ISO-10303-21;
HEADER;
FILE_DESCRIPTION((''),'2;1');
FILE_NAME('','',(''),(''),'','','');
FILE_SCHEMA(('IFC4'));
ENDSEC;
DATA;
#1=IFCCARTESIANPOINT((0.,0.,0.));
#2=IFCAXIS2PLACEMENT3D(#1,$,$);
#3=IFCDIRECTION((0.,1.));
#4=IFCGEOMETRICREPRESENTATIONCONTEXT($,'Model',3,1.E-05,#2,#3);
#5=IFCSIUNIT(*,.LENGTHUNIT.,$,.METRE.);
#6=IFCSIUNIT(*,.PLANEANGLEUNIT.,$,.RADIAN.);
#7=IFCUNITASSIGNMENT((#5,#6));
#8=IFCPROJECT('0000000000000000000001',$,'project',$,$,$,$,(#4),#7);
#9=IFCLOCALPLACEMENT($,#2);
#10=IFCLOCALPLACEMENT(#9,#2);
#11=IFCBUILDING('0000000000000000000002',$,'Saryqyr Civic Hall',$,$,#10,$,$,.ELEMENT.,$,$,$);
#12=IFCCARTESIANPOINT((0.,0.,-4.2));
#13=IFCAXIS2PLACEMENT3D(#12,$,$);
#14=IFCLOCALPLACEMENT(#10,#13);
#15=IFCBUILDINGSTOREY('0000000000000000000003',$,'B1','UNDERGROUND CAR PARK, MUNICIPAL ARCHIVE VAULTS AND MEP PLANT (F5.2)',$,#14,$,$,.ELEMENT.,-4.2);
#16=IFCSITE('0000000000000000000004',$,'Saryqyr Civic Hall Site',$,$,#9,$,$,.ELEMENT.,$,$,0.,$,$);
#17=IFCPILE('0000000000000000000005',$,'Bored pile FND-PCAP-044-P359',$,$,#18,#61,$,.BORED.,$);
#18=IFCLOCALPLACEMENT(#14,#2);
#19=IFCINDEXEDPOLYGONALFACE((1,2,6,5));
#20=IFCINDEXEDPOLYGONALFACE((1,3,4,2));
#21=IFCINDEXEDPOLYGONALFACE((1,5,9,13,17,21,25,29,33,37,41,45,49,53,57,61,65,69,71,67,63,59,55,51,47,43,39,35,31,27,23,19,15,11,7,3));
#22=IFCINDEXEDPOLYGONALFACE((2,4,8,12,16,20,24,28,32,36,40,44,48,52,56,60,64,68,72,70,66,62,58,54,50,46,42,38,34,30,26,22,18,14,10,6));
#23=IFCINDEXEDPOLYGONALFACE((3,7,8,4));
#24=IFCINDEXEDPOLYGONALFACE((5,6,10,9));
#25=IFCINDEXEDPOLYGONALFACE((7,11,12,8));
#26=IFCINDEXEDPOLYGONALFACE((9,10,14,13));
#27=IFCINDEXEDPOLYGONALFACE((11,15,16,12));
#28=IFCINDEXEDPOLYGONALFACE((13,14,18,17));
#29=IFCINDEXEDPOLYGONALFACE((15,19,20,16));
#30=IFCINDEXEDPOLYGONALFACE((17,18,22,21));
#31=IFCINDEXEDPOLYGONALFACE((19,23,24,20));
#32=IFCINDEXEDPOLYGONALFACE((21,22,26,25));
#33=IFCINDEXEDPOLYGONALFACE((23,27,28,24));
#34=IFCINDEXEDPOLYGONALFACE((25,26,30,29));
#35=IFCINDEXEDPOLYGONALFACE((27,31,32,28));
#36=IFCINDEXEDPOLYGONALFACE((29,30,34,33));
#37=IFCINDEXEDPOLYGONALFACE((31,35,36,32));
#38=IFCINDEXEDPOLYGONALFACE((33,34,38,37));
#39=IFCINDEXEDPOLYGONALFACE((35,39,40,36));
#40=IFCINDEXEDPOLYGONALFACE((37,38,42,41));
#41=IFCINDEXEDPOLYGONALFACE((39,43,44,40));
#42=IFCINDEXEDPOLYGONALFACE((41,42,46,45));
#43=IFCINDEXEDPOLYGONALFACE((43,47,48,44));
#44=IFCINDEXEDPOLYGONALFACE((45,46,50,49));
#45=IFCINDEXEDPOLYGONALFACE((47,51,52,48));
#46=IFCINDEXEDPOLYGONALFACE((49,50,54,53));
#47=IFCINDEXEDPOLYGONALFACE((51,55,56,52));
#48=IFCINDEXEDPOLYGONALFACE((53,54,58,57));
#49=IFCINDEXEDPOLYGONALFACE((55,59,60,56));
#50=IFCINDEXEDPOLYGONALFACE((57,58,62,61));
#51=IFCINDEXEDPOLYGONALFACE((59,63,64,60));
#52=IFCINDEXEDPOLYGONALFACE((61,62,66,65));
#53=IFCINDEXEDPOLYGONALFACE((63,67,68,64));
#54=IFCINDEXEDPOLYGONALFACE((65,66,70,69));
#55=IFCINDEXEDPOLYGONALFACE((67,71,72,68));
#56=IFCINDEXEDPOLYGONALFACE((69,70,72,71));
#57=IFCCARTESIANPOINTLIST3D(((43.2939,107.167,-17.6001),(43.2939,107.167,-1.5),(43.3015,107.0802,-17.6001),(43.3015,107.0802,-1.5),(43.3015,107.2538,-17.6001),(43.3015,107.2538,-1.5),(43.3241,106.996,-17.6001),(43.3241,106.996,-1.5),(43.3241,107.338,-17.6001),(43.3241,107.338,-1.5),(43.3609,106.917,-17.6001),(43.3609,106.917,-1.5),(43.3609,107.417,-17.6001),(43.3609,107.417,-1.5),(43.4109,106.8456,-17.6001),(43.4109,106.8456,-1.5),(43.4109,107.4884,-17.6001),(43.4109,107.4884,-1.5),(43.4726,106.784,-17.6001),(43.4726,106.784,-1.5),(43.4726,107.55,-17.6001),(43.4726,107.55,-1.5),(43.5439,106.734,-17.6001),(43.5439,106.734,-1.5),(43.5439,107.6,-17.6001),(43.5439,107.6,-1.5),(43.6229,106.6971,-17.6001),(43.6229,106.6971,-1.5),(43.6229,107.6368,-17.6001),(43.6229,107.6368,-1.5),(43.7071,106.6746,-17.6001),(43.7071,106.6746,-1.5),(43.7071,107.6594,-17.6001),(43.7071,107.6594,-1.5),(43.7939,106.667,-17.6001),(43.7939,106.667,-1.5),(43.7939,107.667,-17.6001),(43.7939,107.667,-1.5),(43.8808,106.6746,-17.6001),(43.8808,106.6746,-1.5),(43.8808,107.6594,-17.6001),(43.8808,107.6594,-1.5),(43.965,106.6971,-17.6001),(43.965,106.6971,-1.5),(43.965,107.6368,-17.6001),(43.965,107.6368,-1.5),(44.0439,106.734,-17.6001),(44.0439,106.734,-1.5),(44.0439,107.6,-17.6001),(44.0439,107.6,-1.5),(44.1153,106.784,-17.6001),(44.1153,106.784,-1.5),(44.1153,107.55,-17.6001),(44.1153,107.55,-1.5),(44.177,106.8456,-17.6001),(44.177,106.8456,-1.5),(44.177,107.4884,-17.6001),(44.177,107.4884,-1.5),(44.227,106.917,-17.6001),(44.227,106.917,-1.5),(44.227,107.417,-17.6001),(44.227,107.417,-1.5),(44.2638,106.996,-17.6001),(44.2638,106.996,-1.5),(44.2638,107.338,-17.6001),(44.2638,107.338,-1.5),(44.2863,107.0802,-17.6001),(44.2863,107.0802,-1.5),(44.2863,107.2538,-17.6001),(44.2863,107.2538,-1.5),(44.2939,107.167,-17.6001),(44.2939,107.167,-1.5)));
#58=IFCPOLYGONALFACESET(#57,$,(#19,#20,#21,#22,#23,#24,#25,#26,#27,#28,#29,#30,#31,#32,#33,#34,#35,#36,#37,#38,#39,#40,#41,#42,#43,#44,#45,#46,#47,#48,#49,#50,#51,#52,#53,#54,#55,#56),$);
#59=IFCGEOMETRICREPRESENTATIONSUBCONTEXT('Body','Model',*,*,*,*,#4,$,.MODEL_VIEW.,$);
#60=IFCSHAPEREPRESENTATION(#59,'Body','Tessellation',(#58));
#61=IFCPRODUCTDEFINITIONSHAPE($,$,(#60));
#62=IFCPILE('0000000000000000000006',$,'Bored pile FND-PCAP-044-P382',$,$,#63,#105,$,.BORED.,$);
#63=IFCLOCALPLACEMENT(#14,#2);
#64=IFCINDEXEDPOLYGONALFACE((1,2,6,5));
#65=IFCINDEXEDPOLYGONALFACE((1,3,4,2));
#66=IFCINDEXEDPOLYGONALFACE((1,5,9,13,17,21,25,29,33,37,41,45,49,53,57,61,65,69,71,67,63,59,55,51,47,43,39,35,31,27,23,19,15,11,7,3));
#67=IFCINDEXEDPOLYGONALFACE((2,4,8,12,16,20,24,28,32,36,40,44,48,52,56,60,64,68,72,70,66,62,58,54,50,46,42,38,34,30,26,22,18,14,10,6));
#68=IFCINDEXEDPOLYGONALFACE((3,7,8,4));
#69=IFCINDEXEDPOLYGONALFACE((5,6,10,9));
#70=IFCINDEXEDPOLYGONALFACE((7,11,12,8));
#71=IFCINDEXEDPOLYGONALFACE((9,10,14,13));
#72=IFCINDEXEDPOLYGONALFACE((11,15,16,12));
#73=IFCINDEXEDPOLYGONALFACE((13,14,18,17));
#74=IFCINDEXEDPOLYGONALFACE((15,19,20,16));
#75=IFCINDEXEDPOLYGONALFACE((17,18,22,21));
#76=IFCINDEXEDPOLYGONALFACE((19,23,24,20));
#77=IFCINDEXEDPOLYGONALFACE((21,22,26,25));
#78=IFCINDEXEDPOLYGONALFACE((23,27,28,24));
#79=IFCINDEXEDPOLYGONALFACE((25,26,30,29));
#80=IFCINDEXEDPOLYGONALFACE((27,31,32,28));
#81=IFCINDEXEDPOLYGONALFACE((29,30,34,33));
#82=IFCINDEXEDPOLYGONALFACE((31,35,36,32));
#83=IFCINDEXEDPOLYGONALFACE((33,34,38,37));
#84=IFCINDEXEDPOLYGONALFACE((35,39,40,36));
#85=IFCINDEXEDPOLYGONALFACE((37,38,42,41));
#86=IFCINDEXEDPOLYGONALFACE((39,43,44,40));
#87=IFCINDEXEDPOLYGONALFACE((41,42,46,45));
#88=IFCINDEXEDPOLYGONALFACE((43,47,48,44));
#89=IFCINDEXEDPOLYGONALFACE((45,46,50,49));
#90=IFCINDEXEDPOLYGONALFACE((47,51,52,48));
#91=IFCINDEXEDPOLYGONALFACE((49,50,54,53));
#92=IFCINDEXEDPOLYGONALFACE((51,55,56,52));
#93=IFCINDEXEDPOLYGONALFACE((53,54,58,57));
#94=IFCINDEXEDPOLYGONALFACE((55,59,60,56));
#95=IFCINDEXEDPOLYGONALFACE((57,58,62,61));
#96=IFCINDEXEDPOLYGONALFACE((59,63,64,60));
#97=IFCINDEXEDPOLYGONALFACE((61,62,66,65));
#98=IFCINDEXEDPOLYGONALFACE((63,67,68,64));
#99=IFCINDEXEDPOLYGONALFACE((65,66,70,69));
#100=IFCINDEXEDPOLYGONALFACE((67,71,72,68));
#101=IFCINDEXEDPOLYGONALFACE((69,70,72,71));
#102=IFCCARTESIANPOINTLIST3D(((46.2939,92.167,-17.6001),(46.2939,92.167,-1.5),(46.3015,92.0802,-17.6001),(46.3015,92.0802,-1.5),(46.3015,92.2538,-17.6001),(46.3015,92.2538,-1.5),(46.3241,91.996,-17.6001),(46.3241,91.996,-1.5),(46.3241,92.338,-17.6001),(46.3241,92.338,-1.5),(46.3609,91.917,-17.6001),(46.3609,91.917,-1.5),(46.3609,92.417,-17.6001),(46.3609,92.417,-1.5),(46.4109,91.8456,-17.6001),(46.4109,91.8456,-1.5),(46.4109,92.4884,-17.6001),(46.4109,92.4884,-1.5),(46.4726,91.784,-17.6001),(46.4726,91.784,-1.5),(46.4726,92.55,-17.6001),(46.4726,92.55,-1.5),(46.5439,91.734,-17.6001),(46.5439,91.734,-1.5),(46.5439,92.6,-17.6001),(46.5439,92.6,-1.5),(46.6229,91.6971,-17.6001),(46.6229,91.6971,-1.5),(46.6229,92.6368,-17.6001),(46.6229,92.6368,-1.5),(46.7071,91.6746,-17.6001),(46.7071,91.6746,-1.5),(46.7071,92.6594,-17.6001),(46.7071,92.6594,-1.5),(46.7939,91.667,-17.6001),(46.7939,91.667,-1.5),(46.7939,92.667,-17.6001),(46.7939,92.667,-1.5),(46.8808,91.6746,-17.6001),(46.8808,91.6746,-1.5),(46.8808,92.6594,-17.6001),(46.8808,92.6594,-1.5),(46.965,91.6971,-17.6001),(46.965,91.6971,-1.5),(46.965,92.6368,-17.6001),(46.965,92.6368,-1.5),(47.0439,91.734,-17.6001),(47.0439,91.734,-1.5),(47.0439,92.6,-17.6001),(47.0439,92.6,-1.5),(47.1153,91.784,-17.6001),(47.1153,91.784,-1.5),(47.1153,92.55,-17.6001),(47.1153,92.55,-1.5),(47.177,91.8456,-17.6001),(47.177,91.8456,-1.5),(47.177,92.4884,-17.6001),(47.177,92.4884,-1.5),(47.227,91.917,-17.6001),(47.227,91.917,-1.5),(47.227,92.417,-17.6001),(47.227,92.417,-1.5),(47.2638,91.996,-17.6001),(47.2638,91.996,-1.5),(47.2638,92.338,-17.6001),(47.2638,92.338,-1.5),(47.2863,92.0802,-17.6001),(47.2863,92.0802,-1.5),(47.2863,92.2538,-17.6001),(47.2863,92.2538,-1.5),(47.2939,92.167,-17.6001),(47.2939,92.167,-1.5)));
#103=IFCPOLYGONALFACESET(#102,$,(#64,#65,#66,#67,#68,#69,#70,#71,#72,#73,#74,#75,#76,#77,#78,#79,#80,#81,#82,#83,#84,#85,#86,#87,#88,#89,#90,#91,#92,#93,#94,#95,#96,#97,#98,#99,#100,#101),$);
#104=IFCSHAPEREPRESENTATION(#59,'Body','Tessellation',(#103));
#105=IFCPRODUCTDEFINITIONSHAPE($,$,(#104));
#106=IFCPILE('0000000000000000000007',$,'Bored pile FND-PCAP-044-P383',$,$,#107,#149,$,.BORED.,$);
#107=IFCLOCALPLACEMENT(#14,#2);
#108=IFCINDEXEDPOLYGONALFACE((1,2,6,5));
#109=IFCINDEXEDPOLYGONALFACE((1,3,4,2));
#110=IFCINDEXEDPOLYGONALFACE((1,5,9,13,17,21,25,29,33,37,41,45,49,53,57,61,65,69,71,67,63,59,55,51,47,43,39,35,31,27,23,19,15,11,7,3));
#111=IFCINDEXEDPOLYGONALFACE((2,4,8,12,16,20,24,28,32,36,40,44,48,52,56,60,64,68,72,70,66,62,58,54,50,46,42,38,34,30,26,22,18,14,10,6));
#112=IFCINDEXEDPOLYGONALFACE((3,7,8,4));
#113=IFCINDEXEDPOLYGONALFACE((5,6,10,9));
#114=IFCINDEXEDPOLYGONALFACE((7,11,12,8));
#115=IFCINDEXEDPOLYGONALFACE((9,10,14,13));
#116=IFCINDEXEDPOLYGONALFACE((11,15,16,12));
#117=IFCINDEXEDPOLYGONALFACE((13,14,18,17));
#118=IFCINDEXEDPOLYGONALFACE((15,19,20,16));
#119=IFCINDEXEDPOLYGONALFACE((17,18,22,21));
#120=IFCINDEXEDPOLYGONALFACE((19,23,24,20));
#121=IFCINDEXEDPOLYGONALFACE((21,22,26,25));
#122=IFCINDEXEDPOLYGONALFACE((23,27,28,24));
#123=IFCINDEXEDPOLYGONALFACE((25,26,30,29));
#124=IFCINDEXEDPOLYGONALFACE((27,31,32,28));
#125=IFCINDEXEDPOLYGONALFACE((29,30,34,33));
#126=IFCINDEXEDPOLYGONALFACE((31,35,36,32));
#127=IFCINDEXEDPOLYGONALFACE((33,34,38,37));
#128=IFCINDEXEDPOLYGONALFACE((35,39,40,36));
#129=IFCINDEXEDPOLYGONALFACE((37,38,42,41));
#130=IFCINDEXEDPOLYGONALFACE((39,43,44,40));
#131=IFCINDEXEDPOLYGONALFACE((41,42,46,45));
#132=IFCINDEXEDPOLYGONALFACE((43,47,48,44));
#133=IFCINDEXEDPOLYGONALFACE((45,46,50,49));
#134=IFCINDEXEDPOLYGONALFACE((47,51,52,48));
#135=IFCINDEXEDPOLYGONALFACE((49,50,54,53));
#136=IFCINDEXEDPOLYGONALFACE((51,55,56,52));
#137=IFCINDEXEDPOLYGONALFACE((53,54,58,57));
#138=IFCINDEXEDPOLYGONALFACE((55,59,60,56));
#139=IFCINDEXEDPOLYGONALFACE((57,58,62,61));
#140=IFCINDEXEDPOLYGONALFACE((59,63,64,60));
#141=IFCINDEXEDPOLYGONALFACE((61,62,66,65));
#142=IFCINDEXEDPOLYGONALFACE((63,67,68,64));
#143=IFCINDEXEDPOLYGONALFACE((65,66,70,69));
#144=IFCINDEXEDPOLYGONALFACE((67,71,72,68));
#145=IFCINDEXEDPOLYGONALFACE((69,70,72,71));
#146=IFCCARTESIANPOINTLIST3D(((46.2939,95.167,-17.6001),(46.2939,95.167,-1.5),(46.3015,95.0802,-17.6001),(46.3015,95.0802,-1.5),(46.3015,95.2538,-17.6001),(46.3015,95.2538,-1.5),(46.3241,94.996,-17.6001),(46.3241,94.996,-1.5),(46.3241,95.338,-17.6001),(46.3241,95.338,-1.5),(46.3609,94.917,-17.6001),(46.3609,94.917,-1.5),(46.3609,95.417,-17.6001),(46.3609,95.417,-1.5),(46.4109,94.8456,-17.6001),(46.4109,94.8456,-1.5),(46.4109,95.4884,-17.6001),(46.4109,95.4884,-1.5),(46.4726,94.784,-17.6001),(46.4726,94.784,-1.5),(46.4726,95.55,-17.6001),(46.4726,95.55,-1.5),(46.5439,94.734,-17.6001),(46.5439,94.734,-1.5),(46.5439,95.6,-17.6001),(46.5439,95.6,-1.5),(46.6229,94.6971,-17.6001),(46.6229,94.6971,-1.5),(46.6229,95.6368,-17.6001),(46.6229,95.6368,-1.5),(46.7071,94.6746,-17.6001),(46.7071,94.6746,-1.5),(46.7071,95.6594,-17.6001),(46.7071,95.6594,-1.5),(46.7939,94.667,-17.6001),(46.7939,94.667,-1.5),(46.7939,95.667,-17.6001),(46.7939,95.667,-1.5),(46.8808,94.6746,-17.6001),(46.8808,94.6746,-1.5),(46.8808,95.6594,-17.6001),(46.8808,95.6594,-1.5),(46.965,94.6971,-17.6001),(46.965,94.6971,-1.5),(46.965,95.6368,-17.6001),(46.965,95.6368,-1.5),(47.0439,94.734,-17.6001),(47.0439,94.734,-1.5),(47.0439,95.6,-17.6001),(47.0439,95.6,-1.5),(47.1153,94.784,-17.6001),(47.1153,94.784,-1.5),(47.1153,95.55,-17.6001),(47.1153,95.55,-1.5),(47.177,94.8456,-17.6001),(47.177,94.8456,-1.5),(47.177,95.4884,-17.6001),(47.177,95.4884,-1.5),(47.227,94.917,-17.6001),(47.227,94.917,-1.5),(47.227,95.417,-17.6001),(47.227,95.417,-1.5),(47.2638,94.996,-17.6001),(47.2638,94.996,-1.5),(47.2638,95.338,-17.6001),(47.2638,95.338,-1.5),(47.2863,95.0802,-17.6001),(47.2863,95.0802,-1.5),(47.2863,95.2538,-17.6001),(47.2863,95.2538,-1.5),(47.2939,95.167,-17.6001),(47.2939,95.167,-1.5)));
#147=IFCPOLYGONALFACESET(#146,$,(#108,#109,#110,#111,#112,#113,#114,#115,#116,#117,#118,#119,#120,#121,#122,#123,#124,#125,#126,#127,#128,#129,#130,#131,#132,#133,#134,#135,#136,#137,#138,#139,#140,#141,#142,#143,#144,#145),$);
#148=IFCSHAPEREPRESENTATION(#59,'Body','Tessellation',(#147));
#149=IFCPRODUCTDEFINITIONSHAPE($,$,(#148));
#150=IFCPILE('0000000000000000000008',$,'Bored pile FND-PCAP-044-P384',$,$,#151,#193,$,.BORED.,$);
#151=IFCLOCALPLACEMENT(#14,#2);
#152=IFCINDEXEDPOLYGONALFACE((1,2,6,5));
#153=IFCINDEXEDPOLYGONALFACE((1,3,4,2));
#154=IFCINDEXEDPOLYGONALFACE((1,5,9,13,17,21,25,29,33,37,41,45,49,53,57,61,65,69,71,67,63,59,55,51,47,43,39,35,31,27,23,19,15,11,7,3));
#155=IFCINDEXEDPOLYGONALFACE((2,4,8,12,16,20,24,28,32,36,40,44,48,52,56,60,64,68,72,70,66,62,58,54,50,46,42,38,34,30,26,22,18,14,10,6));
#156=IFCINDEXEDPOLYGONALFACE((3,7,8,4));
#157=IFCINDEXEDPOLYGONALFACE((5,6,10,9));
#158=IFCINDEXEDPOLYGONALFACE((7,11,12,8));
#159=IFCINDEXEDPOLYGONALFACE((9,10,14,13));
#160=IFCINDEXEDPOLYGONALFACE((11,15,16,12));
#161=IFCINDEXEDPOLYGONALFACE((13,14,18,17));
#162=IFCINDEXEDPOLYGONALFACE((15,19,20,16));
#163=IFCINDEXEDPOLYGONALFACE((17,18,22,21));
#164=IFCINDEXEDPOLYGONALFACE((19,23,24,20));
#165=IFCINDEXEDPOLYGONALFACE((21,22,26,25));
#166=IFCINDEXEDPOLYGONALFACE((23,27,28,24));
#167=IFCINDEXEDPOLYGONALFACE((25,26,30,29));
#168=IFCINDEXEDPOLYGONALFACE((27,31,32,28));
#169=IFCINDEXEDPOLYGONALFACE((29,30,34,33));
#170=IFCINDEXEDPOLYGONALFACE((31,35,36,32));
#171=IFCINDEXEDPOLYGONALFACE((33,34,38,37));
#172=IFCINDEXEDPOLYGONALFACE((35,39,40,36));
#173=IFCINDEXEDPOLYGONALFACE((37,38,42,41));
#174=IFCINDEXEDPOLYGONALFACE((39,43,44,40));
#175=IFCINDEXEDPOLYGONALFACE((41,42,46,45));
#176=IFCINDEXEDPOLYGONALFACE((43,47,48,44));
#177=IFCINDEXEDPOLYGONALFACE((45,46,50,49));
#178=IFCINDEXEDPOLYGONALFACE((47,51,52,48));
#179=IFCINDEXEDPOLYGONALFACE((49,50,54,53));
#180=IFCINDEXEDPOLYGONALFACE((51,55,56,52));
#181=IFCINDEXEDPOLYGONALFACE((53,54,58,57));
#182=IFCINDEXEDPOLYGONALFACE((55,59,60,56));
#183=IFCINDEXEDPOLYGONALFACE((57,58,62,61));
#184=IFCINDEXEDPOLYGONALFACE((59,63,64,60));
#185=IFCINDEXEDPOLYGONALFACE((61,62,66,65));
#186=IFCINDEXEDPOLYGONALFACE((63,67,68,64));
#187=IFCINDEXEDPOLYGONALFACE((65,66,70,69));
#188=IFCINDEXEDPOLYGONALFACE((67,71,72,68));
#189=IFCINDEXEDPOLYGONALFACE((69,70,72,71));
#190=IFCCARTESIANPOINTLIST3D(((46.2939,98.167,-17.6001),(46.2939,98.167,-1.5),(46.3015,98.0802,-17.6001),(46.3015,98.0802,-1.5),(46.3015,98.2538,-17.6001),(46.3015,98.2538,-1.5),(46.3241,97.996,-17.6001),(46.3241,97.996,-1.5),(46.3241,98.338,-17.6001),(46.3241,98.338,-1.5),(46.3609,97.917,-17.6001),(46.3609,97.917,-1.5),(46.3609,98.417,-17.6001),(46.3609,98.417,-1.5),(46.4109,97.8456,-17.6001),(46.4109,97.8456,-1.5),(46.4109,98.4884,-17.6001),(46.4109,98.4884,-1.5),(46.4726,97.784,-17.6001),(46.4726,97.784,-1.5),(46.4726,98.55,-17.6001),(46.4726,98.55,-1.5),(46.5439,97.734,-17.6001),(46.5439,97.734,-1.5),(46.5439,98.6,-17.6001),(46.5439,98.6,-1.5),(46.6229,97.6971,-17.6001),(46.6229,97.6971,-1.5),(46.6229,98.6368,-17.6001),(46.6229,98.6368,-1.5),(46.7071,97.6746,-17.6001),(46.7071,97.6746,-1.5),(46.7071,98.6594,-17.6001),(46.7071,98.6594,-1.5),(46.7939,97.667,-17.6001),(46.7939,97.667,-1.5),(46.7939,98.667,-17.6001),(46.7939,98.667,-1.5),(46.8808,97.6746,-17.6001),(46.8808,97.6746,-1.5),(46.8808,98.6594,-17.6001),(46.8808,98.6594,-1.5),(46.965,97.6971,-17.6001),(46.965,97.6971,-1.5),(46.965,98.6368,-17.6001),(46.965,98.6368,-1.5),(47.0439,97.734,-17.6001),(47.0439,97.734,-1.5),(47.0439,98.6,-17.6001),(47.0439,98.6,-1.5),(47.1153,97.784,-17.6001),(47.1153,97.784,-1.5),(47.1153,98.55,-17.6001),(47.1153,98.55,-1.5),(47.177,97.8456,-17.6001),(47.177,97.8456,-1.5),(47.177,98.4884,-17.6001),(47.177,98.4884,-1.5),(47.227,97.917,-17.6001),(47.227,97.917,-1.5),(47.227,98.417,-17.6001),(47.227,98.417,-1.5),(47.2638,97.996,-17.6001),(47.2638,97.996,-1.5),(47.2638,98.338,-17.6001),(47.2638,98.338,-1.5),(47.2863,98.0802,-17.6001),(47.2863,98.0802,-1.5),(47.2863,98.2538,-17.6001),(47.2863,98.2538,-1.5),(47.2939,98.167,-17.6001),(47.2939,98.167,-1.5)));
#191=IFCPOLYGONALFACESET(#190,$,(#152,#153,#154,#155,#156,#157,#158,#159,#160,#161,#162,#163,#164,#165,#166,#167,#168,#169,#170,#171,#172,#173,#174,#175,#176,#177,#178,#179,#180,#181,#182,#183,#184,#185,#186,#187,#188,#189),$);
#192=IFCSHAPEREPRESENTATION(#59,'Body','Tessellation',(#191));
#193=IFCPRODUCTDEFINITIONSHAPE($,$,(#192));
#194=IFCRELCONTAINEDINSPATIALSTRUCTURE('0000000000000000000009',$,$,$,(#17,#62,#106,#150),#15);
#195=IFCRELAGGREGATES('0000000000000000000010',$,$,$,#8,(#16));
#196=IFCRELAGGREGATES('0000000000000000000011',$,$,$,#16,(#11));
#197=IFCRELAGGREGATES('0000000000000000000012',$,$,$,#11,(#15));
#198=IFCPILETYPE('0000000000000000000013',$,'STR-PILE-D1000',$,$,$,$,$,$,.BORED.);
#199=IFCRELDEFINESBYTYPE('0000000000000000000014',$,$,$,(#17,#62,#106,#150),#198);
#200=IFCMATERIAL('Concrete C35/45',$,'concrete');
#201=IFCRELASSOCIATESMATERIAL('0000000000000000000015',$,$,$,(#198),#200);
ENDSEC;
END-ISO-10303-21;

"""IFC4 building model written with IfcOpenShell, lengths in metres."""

from ifc_helpers import new_model, si_unit, direction, frame, origin, origin_2d, place, context, subcontext, project, spatial, circle, extrude, material, material_profile, profile_set, type_object, element, save


model = new_model("IFC4")

# Units and contexts
model_context = context("Model", 3, precision=1e-05, world=origin(), true_north=direction((0.0, 1.0)))
body_context = subcontext(model_context, "Body", "Model", "MODEL_VIEW")
ifc_project = project(units=[si_unit("LENGTHUNIT", "METRE"), si_unit("PLANEANGLEUNIT", "RADIAN")], contexts=[model_context])

# Site, building, storey
site_placement = place(None, origin())
site = spatial("IfcSite", under=ifc_project, at=site_placement, Name="Saryqyr Civic Hall Site", CompositionType="ELEMENT", RefElevation=0.0)
building_placement = place(site_placement, origin())
building = spatial("IfcBuilding", under=site, at=building_placement, Name="Saryqyr Civic Hall", CompositionType="ELEMENT")
storey_placement = place(building_placement, frame((0.0, 0.0, -4.2)))
storey = spatial("IfcBuildingStorey", under=building, at=storey_placement, Name="B1", Description="UNDERGROUND CAR PARK, MUNICIPAL ARCHIVE VAULTS AND MEP PLANT (F5.2)", CompositionType="ELEMENT", Elevation=-4.2)

# Piles
ifc_material_1 = material(Name="Concrete C35/45", Category="concrete")
ifc_material_profile_1 = material_profile(ifc_material_1, circle(Radius=0.5, at=origin_2d()), Name="BORED PILE D1000")
ifc_profile_set_1 = profile_set([ifc_material_profile_1], Name="Concrete C35/45")
pile_type = type_object("IfcPileType", Name="STR-PILE-D1000", PredefinedType="BORED", material=ifc_profile_set_1)
for number, where, z_axis, x_axis, name in (
    (1, (43.7939, 107.167, -1.5), (0.0, 0.0, -1.0), (1.0, 0.0, 0.0), "Bored pile FND-PCAP-044-P359"),
    (2, (46.7939, 92.167, -1.5), (0.0, 0.0, -1.0), (1.0, 0.0, 0.0), "Bored pile FND-PCAP-044-P382"),
    (3, (46.7939, 95.167, -1.5), (0.0, 0.0, -1.0), (1.0, 0.0, 0.0), "Bored pile FND-PCAP-044-P383"),
    (4, (46.7939, 98.167, -1.5), (0.0, 0.0, -1.0), (1.0, 0.0, 0.0), "Bored pile FND-PCAP-044-P384"),
):
    element("IfcPile", number, at=place(storey_placement, frame(where, z_axis=z_axis, x_axis=x_axis)), inside=storey, type_object=pile_type, Name=name, PredefinedType="BORED", context=body_context, shape_type="SweptSolid", body=[
        extrude(circle(Radius=0.5, at=origin_2d()), origin(), (0.0, 0.0, 1.0), 16.1001),
    ])

save(model, "model.ifc")
